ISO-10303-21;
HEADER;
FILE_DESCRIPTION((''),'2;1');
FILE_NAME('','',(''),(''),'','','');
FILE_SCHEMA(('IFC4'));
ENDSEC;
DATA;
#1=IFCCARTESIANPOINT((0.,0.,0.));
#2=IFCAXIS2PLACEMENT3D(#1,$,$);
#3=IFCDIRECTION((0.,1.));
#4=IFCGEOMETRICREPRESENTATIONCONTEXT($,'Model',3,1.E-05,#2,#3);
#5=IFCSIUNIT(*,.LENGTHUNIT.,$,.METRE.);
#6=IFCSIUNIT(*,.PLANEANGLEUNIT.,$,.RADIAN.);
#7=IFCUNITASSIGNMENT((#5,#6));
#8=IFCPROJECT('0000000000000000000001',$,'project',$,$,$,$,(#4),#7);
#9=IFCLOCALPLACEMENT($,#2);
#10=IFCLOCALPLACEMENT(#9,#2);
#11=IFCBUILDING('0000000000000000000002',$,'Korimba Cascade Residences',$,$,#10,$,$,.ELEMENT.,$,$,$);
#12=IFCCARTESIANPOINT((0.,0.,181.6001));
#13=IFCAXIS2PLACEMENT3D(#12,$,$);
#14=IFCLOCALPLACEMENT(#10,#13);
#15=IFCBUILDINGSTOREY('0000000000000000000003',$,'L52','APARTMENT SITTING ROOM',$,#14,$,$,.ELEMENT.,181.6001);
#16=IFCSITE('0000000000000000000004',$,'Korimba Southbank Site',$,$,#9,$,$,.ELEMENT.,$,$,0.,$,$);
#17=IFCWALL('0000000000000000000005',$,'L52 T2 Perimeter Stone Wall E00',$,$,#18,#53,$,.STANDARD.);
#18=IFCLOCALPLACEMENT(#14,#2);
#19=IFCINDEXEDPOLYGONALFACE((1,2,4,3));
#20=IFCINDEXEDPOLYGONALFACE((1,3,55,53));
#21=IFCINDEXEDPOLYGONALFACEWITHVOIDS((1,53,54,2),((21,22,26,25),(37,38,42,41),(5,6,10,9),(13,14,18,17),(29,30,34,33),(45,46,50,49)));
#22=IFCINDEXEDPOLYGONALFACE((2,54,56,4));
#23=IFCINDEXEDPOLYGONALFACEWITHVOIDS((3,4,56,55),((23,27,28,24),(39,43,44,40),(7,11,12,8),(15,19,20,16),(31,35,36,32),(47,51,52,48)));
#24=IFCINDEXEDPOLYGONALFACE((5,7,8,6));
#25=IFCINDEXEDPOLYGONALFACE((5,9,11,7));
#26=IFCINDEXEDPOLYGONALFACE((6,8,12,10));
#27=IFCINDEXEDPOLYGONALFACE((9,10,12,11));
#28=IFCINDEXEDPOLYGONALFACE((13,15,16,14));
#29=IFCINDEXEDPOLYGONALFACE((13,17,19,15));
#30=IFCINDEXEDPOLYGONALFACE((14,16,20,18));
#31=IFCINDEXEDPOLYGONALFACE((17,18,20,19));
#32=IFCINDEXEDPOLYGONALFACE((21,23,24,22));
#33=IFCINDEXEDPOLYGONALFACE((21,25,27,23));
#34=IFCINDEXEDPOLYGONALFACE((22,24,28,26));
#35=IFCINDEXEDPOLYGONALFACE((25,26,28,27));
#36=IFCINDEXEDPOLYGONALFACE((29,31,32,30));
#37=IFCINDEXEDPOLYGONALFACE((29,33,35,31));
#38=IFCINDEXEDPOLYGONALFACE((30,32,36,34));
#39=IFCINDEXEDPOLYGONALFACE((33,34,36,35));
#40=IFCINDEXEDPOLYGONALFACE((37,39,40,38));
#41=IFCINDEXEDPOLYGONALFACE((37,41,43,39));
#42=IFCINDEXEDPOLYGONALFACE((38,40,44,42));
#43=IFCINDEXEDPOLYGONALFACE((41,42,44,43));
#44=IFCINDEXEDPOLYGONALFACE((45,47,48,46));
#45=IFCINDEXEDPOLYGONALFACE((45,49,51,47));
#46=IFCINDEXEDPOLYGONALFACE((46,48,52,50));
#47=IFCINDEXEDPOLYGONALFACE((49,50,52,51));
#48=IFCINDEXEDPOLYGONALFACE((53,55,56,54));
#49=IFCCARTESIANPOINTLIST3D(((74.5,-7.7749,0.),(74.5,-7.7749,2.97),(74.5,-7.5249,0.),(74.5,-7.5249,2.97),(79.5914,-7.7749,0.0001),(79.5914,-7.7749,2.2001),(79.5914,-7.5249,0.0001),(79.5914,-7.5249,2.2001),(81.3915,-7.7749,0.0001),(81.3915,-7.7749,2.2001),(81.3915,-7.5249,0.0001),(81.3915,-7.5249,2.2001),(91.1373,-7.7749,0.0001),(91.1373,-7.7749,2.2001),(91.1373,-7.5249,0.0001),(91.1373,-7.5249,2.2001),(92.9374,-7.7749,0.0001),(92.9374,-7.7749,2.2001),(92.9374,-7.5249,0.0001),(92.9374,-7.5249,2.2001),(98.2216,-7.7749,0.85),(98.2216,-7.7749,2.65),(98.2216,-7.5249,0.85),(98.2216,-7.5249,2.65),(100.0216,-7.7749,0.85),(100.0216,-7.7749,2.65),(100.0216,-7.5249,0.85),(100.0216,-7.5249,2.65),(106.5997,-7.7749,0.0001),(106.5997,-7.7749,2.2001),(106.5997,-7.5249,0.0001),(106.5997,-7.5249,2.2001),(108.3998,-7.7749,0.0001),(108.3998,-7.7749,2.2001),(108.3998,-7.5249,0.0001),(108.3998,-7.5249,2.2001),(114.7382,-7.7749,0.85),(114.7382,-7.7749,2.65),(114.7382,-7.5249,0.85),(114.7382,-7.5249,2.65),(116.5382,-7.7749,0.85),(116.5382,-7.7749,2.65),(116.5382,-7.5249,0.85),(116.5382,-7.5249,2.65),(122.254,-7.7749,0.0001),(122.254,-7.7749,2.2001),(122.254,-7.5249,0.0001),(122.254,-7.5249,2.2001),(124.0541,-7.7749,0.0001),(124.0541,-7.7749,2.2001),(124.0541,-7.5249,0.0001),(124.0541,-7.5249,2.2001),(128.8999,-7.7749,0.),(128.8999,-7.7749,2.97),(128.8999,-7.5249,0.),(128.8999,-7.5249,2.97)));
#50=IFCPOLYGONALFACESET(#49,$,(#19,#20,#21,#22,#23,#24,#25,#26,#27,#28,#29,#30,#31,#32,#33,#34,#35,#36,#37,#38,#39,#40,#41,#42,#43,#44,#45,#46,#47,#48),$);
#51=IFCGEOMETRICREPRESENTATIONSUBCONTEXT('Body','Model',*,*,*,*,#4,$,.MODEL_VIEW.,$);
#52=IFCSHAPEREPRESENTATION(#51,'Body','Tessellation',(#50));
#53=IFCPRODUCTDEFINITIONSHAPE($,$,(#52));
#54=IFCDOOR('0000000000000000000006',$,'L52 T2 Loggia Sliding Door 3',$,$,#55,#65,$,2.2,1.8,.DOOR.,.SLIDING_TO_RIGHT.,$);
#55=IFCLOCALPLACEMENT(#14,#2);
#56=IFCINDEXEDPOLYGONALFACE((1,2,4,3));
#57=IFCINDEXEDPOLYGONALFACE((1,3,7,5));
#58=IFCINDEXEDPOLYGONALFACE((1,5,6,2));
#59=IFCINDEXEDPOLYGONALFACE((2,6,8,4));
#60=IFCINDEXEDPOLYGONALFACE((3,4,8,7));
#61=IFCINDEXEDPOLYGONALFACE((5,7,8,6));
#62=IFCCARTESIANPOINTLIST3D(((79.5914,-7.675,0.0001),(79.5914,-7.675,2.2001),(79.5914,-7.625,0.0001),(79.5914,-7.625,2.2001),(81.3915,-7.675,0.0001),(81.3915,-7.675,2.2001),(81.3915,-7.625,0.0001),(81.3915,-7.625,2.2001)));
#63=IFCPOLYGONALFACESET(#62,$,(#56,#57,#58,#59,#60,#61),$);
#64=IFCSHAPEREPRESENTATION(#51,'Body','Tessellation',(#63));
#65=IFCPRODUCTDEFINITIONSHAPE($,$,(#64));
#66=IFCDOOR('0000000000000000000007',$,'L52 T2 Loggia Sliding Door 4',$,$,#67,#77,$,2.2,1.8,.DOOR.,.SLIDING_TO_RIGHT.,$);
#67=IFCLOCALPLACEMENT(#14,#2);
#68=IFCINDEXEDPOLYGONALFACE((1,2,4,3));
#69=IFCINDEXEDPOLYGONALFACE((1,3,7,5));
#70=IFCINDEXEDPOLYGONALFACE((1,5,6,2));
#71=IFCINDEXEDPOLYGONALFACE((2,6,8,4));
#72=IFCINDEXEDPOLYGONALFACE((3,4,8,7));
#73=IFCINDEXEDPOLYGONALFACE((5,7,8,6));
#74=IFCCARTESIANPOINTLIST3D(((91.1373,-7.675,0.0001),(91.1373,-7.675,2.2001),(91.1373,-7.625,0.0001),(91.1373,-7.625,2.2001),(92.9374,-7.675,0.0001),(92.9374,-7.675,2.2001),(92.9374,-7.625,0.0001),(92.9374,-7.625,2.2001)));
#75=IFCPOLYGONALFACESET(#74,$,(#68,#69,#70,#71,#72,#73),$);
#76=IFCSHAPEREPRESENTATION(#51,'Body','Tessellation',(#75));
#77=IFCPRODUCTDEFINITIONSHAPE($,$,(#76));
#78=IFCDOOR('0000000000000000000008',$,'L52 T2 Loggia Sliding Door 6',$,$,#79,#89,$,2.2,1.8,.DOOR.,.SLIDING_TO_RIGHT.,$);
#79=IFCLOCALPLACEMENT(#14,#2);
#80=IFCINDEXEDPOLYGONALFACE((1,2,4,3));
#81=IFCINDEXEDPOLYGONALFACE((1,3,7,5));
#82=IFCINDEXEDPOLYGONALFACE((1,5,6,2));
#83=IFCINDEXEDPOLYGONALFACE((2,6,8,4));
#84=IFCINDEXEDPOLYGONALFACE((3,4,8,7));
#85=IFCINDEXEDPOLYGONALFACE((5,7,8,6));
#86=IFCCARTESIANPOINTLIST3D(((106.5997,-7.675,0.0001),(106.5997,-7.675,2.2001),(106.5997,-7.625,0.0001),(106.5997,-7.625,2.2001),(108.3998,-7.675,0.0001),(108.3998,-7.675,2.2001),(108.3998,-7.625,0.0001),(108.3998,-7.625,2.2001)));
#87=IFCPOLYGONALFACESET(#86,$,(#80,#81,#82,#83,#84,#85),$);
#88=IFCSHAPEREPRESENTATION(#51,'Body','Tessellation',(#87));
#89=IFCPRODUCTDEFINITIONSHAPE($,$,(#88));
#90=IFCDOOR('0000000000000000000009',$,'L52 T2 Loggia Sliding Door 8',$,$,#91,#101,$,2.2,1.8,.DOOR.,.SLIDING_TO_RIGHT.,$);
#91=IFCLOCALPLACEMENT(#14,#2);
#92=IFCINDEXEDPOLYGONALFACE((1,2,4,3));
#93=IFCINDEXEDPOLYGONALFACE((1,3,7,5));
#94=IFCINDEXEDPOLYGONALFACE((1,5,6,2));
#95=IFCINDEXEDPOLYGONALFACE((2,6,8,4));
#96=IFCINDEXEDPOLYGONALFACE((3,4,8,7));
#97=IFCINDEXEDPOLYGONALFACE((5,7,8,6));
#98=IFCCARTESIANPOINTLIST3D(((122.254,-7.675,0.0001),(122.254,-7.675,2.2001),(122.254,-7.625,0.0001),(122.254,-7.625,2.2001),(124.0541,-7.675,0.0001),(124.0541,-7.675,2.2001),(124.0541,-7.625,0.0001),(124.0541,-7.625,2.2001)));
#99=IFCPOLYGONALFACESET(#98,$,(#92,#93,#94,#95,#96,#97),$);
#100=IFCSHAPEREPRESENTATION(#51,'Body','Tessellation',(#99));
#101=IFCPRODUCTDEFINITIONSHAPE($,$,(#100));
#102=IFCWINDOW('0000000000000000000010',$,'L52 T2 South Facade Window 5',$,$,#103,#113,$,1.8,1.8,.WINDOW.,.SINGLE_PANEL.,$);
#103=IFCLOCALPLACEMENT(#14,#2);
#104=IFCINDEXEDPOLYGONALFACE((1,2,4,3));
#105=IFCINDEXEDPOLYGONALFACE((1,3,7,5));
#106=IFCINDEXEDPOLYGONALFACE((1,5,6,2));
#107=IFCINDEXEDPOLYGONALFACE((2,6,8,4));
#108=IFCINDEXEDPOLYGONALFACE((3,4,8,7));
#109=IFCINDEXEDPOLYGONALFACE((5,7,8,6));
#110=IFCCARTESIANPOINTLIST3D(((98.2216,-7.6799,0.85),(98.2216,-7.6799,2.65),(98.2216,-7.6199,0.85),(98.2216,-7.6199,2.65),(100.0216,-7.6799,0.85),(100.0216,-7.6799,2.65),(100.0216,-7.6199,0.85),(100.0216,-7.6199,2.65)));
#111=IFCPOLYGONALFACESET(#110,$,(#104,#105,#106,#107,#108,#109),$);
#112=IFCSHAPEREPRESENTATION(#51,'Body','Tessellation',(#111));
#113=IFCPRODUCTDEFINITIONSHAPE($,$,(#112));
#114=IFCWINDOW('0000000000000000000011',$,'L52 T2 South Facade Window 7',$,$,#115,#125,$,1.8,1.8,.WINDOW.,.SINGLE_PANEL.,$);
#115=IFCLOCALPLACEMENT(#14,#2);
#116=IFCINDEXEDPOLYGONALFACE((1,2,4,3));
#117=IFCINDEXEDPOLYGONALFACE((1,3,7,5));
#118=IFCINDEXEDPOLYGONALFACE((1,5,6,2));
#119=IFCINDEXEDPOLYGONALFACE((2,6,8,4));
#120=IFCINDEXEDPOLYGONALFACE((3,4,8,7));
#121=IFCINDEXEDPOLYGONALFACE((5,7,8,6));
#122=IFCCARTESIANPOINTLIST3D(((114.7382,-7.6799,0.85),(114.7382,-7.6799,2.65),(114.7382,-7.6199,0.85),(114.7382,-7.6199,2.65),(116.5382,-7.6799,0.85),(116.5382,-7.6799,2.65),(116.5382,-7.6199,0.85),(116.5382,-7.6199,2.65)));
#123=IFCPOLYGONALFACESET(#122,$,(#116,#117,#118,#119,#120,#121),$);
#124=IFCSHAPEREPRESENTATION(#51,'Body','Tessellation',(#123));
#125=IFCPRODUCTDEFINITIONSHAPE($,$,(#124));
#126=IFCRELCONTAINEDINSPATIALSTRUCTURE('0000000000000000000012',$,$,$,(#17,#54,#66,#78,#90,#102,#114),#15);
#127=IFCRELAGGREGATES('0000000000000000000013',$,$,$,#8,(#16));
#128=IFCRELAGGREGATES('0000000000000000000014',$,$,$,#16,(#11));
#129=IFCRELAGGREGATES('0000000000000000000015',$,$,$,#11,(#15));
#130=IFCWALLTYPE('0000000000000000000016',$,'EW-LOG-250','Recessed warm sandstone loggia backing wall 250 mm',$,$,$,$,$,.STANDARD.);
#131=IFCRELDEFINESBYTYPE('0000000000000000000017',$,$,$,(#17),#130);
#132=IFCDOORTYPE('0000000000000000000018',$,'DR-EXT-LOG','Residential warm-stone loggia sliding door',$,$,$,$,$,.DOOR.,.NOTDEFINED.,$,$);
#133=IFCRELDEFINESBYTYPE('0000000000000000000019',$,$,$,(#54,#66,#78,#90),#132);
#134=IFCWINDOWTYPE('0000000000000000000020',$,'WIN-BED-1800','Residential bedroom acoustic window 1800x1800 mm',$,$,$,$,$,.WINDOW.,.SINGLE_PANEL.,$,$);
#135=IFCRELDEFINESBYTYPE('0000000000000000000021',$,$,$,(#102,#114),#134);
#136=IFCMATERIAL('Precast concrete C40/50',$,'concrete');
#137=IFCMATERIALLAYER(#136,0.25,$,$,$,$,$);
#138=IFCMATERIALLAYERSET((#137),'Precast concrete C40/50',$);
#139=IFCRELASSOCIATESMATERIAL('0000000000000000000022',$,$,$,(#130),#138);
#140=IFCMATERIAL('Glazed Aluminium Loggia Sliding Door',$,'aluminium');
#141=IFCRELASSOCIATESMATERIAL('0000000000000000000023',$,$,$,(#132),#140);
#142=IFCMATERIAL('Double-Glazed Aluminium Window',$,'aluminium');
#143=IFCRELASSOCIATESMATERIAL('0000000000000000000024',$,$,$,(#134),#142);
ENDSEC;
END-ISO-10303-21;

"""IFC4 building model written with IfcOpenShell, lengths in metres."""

from ifc_helpers import new_model, si_unit, direction, frame, frame_2d, origin, place, context, subcontext, project, spatial, rectangle, extrude, material, layer, layer_set, type_object, element, fill, save


model = new_model("IFC4")

# Units and contexts
model_context = context("Model", 3, precision=1e-05, world=origin(), true_north=direction((0.0, 1.0)))
body_context = subcontext(model_context, "Body", "Model", "MODEL_VIEW")
ifc_project = project(units=[si_unit("LENGTHUNIT", "METRE"), si_unit("PLANEANGLEUNIT", "RADIAN")], contexts=[model_context])

# Site, building, storey
site_placement = place(None, origin())
site = spatial("IfcSite", under=ifc_project, at=site_placement, Name="Korimba Southbank Site", CompositionType="ELEMENT", RefElevation=0.0)
building_placement = place(site_placement, origin())
building = spatial("IfcBuilding", under=site, at=building_placement, Name="Korimba Cascade Residences", CompositionType="ELEMENT")
storey_placement = place(building_placement, frame((0.0, 0.0, 181.6001)))
storey = spatial("IfcBuildingStorey", under=building, at=storey_placement, Name="L52", Description="APARTMENT SITTING ROOM", CompositionType="ELEMENT", Elevation=181.6001)

# Wall, openings, doors, windows
ifc_material_1 = material(Name="Precast concrete C40/50", Category="concrete")
ifc_layer_1 = layer(ifc_material_1, 0.25)
ifc_layer_set_1 = layer_set([ifc_layer_1], Name="Precast concrete C40/50")
wall_type_1 = type_object("IfcWallType", Name="EW-LOG-250", Description="Recessed warm sandstone loggia backing wall 250 mm", PredefinedType="STANDARD", material=ifc_layer_set_1)
wall_1_placement = place(storey_placement, frame((74.5, -7.6499, 0.0), z_axis=(0.0, 0.0, 1.0), x_axis=(1.0, 0.0, 0.0)))
wall_1 = element("IfcWall", 1, at=wall_1_placement, inside=storey, type_object=wall_type_1, Name="L52 T2 Perimeter Stone Wall E00", PredefinedType="STANDARD", context=body_context, shape_type="SweptSolid", body=[
    extrude(rectangle(XDim=54.3999, YDim=0.25, at=frame_2d((27.2, 0.0))), origin(), (0.0, 0.0, 1.0), 2.97),
])
opening_1_placement = place(wall_1_placement, frame((5.0916, 0.0, 0.0)))
opening_1 = element("IfcOpeningElement", 2, at=opening_1_placement, cuts=wall_1, PredefinedType="OPENING", context=body_context, shape_type="SweptSolid", body=[
    extrude(rectangle(XDim=1.8, YDim=2.2, at=frame_2d((0.8999, 1.1001))), frame((0.0, 0.135, 0.0), z_axis=(0.0, -1.0, 0.0), x_axis=(1.0, 0.0, 0.0)), (0.0, 0.0, 1.0), 0.27),
])
opening_2_placement = place(wall_1_placement, frame((16.6375, 0.0, 0.0)))
opening_2 = element("IfcOpeningElement", 3, at=opening_2_placement, cuts=wall_1, PredefinedType="OPENING", context=body_context, shape_type="SweptSolid", body=[
    extrude(rectangle(XDim=1.8, YDim=2.2, at=frame_2d((0.8999, 1.1001))), frame((0.0, 0.135, 0.0), z_axis=(0.0, -1.0, 0.0), x_axis=(1.0, 0.0, 0.0)), (0.0, 0.0, 1.0), 0.27),
])
opening_3_placement = place(wall_1_placement, frame((23.7217, 0.0, 0.8501)))
opening_3 = element("IfcOpeningElement", 4, at=opening_3_placement, cuts=wall_1, PredefinedType="OPENING", context=body_context, shape_type="SweptSolid", body=[
    extrude(rectangle(XDim=1.8, YDim=1.8, at=frame_2d((0.8999, 0.8999))), frame((0.0, 0.135, 0.0), z_axis=(0.0, -1.0, 0.0), x_axis=(1.0, 0.0, 0.0)), (0.0, 0.0, 1.0), 0.27),
])
opening_4_placement = place(wall_1_placement, frame((32.0999, 0.0, 0.0)))
opening_4 = element("IfcOpeningElement", 5, at=opening_4_placement, cuts=wall_1, PredefinedType="OPENING", context=body_context, shape_type="SweptSolid", body=[
    extrude(rectangle(XDim=1.8, YDim=2.2, at=frame_2d((0.8999, 1.1001))), frame((0.0, 0.135, 0.0), z_axis=(0.0, -1.0, 0.0), x_axis=(1.0, 0.0, 0.0)), (0.0, 0.0, 1.0), 0.27),
])
opening_5_placement = place(wall_1_placement, frame((40.2383, 0.0, 0.8501)))
opening_5 = element("IfcOpeningElement", 6, at=opening_5_placement, cuts=wall_1, PredefinedType="OPENING", context=body_context, shape_type="SweptSolid", body=[
    extrude(rectangle(XDim=1.8, YDim=1.8, at=frame_2d((0.8999, 0.8999))), frame((0.0, 0.135, 0.0), z_axis=(0.0, -1.0, 0.0), x_axis=(1.0, 0.0, 0.0)), (0.0, 0.0, 1.0), 0.27),
])
opening_6_placement = place(wall_1_placement, frame((47.7542, 0.0, 0.0)))
opening_6 = element("IfcOpeningElement", 7, at=opening_6_placement, cuts=wall_1, PredefinedType="OPENING", context=body_context, shape_type="SweptSolid", body=[
    extrude(rectangle(XDim=1.8, YDim=2.2, at=frame_2d((0.8999, 1.1001))), frame((0.0, 0.135, 0.0), z_axis=(0.0, -1.0, 0.0), x_axis=(1.0, 0.0, 0.0)), (0.0, 0.0, 1.0), 0.27),
])
ifc_material_2 = material(Name="Glazed Aluminium Loggia Sliding Door", Category="aluminium")
door_type_1 = type_object("IfcDoorType", Name="DR-EXT-LOG", Description="Residential warm-stone loggia sliding door", OperationType="NOTDEFINED", PredefinedType="DOOR", material=ifc_material_2)
door_1_placement = place(opening_1_placement, origin())
door_1 = element("IfcDoor", 8, at=door_1_placement, inside=storey, type_object=door_type_1, Name="L52 T2 Loggia Sliding Door 3", OperationType="SLIDING_TO_RIGHT", OverallHeight=2.2, OverallWidth=1.8, PredefinedType="DOOR", context=body_context, shape_type="SweptSolid", body=[
    extrude(rectangle(XDim=1.8, YDim=2.2, at=frame_2d((0.8999, 1.1001))), frame((0.0, 0.0249, 0.0), z_axis=(0.0, -1.0, 0.0), x_axis=(1.0, 0.0, 0.0)), (0.0, 0.0, 1.0), 0.05),
])
fill(opening_1, door_1)
door_2_placement = place(opening_2_placement, origin())
door_2 = element("IfcDoor", 9, at=door_2_placement, inside=storey, type_object=door_type_1, Name="L52 T2 Loggia Sliding Door 4", OperationType="SLIDING_TO_RIGHT", OverallHeight=2.2, OverallWidth=1.8, PredefinedType="DOOR", context=body_context, shape_type="SweptSolid", body=[
    extrude(rectangle(XDim=1.8, YDim=2.2, at=frame_2d((0.8999, 1.1001))), frame((0.0, 0.0249, 0.0), z_axis=(0.0, -1.0, 0.0), x_axis=(1.0, 0.0, 0.0)), (0.0, 0.0, 1.0), 0.05),
])
fill(opening_2, door_2)
door_3_placement = place(opening_4_placement, origin())
door_3 = element("IfcDoor", 10, at=door_3_placement, inside=storey, type_object=door_type_1, Name="L52 T2 Loggia Sliding Door 6", OperationType="SLIDING_TO_RIGHT", OverallHeight=2.2, OverallWidth=1.8, PredefinedType="DOOR", context=body_context, shape_type="SweptSolid", body=[
    extrude(rectangle(XDim=1.8, YDim=2.2, at=frame_2d((0.8999, 1.1001))), frame((0.0, 0.0249, 0.0), z_axis=(0.0, -1.0, 0.0), x_axis=(1.0, 0.0, 0.0)), (0.0, 0.0, 1.0), 0.05),
])
fill(opening_4, door_3)
door_4_placement = place(opening_6_placement, origin())
door_4 = element("IfcDoor", 11, at=door_4_placement, inside=storey, type_object=door_type_1, Name="L52 T2 Loggia Sliding Door 8", OperationType="SLIDING_TO_RIGHT", OverallHeight=2.2, OverallWidth=1.8, PredefinedType="DOOR", context=body_context, shape_type="SweptSolid", body=[
    extrude(rectangle(XDim=1.8, YDim=2.2, at=frame_2d((0.8999, 1.1001))), frame((0.0, 0.0249, 0.0), z_axis=(0.0, -1.0, 0.0), x_axis=(1.0, 0.0, 0.0)), (0.0, 0.0, 1.0), 0.05),
])
fill(opening_6, door_4)
ifc_material_3 = material(Name="Double-Glazed Aluminium Window", Category="aluminium")
window_type_1 = type_object("IfcWindowType", Name="WIN-BED-1800", Description="Residential bedroom acoustic window 1800x1800 mm", PartitioningType="SINGLE_PANEL", PredefinedType="WINDOW", material=ifc_material_3)
window_1_placement = place(opening_3_placement, origin())
window_1 = element("IfcWindow", 12, at=window_1_placement, inside=storey, type_object=window_type_1, Name="L52 T2 South Facade Window 5", OverallHeight=1.8, OverallWidth=1.8, PartitioningType="SINGLE_PANEL", PredefinedType="WINDOW", context=body_context, shape_type="SweptSolid", body=[
    extrude(rectangle(XDim=1.8, YDim=1.8, at=frame_2d((0.8999, 0.8999))), frame((0.0, 0.03, 0.0), z_axis=(0.0, -1.0, 0.0), x_axis=(1.0, 0.0, 0.0)), (0.0, 0.0, 1.0), 0.0601),
])
fill(opening_3, window_1)
window_2_placement = place(opening_5_placement, origin())
window_2 = element("IfcWindow", 13, at=window_2_placement, inside=storey, type_object=window_type_1, Name="L52 T2 South Facade Window 7", OverallHeight=1.8, OverallWidth=1.8, PartitioningType="SINGLE_PANEL", PredefinedType="WINDOW", context=body_context, shape_type="SweptSolid", body=[
    extrude(rectangle(XDim=1.8, YDim=1.8, at=frame_2d((0.8999, 0.8999))), frame((0.0, 0.03, 0.0), z_axis=(0.0, -1.0, 0.0), x_axis=(1.0, 0.0, 0.0)), (0.0, 0.0, 1.0), 0.0601),
])
fill(opening_5, window_2)

save(model, "model.ifc")
